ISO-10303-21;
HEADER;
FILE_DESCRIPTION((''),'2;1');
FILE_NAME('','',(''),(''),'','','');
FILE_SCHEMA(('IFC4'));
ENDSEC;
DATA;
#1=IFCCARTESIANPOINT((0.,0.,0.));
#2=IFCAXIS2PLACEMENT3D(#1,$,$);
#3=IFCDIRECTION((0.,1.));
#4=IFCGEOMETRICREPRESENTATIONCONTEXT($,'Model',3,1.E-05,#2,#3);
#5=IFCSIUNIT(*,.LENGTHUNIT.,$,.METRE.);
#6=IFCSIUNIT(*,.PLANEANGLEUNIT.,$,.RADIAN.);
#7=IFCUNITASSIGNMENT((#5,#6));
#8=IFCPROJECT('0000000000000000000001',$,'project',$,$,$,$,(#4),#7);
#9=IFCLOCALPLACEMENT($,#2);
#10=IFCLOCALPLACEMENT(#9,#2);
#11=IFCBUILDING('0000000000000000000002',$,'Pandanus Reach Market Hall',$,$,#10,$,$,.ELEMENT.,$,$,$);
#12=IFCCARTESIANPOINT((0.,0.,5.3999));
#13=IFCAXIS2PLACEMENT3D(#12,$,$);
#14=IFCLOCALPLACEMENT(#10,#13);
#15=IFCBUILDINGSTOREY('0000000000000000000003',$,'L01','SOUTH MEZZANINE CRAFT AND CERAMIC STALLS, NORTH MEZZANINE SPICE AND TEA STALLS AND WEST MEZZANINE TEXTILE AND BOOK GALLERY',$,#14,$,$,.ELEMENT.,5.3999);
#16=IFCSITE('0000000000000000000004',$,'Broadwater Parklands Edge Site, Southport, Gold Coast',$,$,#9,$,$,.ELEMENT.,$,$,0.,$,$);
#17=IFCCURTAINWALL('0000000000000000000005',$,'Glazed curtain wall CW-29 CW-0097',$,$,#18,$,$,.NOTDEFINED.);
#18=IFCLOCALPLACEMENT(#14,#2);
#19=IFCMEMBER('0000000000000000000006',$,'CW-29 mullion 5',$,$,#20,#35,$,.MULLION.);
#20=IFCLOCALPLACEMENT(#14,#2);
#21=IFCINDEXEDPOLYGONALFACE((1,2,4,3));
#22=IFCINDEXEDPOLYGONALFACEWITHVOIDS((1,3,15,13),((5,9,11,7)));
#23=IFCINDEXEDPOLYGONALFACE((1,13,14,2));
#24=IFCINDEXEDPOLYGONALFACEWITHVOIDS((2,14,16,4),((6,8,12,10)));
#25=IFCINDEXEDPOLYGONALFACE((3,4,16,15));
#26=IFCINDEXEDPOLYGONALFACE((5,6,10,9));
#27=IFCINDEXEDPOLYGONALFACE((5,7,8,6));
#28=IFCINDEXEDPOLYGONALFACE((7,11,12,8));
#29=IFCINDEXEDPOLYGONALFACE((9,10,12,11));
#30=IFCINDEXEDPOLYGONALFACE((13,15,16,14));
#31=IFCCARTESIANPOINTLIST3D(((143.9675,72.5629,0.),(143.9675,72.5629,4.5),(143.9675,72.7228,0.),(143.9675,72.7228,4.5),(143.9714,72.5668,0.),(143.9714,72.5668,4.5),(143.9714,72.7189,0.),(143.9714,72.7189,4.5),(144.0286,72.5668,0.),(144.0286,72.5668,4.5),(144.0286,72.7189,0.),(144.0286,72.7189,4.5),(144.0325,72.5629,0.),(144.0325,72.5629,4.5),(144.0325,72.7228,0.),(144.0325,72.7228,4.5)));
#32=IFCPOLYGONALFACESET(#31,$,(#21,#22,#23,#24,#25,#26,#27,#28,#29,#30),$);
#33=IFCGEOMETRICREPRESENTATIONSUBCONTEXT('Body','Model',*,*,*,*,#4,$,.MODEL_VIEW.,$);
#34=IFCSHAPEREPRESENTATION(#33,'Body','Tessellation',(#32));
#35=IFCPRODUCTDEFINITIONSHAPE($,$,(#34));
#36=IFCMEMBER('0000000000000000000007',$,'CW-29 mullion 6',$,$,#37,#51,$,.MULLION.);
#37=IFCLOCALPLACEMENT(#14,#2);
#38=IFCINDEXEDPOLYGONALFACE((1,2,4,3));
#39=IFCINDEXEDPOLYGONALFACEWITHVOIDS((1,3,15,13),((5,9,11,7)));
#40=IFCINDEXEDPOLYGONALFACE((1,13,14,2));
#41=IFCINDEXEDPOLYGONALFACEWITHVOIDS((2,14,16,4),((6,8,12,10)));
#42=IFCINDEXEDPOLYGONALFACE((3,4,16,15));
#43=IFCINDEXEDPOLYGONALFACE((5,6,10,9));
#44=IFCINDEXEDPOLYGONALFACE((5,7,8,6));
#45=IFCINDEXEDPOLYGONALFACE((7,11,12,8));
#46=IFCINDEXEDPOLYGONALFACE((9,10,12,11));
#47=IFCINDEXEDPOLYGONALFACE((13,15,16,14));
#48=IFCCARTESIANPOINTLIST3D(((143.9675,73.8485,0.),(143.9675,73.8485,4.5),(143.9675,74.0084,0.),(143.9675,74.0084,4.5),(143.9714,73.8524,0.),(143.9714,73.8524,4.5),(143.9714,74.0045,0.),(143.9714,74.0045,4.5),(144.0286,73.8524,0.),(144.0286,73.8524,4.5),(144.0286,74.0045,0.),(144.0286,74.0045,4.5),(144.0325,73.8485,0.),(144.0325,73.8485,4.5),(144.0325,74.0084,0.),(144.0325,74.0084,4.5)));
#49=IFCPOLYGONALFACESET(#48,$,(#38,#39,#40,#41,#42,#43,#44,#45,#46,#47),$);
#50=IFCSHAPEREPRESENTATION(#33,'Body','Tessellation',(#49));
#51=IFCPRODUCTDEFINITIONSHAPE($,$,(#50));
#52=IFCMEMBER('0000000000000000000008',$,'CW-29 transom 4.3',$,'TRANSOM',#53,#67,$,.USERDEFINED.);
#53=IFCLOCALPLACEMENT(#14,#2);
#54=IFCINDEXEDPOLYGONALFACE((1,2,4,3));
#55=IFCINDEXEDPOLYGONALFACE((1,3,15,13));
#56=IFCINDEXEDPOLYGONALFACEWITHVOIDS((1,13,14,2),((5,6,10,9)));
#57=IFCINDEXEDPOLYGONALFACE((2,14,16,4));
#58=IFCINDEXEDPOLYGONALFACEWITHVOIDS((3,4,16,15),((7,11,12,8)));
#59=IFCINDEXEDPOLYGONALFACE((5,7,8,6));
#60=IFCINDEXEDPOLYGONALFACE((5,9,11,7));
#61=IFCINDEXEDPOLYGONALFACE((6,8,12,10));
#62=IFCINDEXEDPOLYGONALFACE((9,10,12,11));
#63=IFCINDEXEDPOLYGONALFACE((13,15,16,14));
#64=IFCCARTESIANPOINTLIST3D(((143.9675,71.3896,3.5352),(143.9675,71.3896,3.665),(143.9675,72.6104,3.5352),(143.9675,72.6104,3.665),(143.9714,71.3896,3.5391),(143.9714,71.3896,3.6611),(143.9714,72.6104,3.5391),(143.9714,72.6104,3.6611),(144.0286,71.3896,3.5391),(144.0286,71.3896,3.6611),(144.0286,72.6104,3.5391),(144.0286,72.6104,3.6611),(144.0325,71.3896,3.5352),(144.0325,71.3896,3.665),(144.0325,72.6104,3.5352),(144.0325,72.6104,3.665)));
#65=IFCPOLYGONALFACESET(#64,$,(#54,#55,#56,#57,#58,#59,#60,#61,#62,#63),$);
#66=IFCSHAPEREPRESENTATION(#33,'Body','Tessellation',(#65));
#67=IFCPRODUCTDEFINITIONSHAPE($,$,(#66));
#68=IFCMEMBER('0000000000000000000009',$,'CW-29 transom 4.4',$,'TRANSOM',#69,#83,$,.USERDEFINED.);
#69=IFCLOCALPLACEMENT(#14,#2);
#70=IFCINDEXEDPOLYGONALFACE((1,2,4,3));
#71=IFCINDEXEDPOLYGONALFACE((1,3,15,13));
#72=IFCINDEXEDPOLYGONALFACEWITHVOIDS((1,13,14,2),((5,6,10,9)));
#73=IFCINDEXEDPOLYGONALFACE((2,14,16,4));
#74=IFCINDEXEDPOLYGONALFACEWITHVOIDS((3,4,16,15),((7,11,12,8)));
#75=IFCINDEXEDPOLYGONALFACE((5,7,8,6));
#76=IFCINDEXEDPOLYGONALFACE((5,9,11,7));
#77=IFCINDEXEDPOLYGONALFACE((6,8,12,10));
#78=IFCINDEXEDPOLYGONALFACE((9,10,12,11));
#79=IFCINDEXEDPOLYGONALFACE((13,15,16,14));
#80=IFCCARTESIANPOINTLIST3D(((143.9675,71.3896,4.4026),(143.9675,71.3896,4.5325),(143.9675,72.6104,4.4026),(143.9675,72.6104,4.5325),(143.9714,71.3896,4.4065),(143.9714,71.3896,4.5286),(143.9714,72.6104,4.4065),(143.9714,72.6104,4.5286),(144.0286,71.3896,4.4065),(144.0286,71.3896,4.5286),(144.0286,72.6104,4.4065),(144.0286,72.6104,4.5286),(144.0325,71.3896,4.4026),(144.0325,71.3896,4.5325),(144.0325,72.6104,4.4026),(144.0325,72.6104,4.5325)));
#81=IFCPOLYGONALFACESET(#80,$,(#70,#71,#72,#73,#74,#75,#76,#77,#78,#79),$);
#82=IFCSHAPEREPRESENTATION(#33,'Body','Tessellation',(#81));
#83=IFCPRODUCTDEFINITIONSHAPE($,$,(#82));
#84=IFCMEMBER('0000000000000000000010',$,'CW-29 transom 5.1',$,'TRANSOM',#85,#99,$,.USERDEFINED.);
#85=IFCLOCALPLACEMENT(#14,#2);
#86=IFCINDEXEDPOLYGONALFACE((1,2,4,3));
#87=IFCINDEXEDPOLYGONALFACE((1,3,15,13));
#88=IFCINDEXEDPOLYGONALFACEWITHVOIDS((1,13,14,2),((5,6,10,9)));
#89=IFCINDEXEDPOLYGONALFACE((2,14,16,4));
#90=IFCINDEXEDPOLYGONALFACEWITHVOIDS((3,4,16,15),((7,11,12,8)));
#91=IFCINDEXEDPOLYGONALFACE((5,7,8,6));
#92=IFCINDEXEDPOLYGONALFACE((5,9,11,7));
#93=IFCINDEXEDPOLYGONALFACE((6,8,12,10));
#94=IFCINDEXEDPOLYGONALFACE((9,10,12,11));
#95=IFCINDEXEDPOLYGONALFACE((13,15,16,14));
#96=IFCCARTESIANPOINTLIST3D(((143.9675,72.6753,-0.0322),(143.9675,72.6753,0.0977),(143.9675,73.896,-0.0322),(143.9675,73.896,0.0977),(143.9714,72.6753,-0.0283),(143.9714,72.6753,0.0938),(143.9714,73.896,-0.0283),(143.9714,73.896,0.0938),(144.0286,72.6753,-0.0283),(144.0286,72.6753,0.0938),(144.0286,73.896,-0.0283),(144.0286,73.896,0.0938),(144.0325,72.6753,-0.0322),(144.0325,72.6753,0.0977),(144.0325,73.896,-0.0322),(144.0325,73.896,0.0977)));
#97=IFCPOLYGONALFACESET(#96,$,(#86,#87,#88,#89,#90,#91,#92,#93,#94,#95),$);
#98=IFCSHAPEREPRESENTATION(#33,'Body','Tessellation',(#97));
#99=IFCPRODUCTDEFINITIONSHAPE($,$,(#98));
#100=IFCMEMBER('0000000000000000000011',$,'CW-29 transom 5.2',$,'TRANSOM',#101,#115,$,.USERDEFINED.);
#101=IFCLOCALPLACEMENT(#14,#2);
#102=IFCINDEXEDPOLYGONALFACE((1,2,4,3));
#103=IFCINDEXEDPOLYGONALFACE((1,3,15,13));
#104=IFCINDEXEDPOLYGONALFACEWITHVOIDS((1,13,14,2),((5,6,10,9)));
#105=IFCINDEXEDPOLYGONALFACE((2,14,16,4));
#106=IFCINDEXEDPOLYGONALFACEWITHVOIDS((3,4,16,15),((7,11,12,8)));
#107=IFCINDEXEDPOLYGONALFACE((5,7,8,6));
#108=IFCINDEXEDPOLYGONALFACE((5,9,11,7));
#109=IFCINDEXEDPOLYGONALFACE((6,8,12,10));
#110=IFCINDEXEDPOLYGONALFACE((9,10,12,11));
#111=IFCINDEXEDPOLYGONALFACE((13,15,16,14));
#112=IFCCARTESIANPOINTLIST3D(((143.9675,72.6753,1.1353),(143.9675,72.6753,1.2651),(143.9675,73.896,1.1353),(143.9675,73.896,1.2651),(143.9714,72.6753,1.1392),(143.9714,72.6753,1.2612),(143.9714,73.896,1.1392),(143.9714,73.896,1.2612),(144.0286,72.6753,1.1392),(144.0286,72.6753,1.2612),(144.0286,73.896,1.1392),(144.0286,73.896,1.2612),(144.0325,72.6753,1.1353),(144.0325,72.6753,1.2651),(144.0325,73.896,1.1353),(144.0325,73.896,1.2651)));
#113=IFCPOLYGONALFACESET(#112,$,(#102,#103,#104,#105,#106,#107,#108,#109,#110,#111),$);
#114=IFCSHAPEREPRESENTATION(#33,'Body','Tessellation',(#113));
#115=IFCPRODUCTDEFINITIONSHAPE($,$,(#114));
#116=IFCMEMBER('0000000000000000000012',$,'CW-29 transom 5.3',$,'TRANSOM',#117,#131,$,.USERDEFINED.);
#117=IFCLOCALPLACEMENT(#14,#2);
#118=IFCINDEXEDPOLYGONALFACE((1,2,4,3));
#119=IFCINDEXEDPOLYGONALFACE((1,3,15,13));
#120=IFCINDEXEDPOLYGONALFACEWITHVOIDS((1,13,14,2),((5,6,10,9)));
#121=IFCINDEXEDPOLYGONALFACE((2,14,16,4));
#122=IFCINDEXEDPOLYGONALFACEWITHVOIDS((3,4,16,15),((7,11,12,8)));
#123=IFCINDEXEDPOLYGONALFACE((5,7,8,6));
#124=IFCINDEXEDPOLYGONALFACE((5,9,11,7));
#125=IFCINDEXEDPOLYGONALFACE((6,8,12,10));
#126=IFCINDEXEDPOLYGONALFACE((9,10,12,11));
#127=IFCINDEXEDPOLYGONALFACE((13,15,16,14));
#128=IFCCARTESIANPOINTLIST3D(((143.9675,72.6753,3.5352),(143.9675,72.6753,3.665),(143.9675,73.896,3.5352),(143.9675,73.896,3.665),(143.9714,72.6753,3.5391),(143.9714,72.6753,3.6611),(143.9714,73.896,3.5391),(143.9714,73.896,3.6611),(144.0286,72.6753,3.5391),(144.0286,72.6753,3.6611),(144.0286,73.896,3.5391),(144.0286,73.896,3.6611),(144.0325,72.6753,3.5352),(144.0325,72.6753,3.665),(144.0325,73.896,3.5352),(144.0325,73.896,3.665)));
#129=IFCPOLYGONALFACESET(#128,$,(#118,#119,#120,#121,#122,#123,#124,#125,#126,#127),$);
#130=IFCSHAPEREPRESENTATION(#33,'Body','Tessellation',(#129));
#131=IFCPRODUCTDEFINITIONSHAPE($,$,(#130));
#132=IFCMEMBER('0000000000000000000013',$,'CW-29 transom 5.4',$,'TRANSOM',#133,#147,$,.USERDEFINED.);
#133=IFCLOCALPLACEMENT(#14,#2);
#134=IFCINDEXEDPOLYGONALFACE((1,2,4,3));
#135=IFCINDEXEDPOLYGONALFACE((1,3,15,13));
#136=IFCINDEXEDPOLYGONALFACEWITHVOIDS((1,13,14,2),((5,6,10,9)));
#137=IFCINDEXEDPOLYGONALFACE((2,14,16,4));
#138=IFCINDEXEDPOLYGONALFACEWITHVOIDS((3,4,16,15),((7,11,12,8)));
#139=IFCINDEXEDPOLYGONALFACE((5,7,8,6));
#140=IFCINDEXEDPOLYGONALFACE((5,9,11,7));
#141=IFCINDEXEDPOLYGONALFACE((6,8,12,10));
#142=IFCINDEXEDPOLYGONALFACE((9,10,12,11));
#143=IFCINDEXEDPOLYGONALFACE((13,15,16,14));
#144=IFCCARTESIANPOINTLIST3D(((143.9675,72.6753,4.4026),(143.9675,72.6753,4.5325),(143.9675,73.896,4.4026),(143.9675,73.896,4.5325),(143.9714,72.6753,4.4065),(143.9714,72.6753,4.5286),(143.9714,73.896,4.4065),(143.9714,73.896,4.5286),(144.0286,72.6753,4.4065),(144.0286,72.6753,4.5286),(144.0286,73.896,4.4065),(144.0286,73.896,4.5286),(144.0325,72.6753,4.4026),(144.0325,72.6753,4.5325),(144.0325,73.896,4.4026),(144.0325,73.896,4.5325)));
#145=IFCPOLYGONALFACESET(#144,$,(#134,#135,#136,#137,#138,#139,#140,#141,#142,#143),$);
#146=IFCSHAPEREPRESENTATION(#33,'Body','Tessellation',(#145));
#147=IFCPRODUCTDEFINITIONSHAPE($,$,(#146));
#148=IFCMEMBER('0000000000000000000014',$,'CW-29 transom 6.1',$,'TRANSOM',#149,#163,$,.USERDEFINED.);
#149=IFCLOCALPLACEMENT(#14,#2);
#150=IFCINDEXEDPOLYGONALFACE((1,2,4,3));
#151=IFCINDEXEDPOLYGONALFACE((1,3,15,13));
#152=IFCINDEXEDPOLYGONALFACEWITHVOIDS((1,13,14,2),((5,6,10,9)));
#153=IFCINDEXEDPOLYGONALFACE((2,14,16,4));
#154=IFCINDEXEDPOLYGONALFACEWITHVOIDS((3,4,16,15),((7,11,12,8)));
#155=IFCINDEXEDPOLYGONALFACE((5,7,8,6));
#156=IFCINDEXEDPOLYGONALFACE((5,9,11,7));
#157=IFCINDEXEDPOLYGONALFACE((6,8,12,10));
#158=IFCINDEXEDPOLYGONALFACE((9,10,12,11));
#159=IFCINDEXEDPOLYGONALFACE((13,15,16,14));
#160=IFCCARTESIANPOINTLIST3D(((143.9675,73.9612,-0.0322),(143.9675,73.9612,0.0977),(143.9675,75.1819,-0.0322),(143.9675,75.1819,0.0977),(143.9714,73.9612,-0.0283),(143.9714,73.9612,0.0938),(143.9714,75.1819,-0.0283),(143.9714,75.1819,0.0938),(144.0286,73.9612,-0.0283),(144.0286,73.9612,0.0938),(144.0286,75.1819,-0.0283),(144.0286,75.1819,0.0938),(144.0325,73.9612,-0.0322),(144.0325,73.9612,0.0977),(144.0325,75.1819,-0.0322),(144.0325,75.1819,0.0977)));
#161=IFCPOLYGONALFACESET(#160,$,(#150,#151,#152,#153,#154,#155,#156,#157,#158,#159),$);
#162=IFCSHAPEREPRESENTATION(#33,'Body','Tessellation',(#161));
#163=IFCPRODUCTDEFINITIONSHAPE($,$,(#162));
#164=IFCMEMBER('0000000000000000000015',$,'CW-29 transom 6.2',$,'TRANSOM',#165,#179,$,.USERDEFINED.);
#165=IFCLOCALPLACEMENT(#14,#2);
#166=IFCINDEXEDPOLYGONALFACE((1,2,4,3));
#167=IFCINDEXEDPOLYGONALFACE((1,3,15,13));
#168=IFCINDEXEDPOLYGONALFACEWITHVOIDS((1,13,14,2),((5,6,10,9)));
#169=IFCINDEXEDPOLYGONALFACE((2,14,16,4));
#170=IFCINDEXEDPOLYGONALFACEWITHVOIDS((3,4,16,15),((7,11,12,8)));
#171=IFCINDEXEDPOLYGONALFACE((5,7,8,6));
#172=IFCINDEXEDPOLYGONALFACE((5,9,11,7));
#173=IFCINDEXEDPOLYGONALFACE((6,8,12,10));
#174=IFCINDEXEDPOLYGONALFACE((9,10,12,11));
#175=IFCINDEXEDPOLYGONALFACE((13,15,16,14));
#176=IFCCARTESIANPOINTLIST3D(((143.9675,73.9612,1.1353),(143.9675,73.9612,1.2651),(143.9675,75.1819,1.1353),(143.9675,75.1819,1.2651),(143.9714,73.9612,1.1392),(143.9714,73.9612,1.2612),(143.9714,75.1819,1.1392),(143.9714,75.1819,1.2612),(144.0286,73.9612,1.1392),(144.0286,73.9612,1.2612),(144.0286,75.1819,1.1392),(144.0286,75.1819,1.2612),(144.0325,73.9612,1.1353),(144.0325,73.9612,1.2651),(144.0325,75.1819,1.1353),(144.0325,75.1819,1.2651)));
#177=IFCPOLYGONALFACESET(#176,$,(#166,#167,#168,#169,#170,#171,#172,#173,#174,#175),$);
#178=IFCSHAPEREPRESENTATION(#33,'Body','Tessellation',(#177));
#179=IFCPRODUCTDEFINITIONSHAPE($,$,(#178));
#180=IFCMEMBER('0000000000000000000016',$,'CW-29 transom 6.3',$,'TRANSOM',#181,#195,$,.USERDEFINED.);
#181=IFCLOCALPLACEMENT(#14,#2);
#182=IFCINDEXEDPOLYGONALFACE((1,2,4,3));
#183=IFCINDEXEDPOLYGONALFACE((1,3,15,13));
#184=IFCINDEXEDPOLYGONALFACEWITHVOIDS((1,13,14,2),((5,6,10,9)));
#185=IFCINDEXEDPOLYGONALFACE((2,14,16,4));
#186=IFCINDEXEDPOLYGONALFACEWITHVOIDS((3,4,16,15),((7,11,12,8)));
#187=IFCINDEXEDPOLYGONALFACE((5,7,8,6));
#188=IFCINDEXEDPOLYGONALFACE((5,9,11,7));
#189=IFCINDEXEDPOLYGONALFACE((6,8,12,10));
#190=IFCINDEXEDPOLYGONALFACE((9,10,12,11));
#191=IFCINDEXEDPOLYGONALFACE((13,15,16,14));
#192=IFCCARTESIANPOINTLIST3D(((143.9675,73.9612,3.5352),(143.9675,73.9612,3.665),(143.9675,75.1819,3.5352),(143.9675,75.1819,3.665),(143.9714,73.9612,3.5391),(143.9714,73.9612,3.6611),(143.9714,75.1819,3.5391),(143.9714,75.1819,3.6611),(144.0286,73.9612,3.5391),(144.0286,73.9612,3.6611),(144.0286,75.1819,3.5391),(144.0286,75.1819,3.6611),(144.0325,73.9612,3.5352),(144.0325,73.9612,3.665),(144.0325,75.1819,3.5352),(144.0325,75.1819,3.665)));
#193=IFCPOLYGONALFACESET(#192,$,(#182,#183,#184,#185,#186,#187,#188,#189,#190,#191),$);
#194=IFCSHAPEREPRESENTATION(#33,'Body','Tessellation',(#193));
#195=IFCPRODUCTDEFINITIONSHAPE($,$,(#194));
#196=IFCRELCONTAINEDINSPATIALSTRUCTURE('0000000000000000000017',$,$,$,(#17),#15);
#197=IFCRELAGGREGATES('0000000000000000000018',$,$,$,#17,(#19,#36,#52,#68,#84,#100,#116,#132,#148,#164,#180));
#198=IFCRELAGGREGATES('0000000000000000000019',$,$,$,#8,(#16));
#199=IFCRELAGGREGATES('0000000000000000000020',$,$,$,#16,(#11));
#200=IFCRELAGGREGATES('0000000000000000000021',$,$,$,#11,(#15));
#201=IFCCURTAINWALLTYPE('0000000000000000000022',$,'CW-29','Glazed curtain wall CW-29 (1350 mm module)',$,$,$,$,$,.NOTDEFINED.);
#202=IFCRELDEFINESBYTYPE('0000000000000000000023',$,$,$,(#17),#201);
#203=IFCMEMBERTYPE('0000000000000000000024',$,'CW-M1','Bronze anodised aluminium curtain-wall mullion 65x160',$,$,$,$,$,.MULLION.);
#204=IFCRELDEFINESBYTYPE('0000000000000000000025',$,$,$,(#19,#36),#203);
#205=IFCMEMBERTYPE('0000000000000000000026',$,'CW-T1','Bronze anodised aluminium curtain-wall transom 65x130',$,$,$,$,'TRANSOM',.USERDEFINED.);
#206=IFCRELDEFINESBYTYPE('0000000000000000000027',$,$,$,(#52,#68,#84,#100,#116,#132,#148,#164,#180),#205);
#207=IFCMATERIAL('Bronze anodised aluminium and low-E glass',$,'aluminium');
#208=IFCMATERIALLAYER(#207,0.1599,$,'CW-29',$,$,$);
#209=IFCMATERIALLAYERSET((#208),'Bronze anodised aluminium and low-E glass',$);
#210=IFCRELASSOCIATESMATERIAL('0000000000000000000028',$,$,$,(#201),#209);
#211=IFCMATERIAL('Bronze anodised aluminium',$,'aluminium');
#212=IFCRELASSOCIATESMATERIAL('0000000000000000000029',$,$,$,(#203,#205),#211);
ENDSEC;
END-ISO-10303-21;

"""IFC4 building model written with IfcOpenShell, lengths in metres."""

from ifc_helpers import new_model, si_unit, direction, frame, origin, origin_2d, place, context, subcontext, project, spatial, hollow_rectangle, extrude, material, layer, layer_set, material_profile, profile_set, type_object, element, aggregate, save


model = new_model("IFC4")

# Units and contexts
model_context = context("Model", 3, precision=1e-05, world=origin(), true_north=direction((0.0, 1.0)))
body_context = subcontext(model_context, "Body", "Model", "MODEL_VIEW")
ifc_project = project(units=[si_unit("LENGTHUNIT", "METRE"), si_unit("PLANEANGLEUNIT", "RADIAN")], contexts=[model_context])

# Site, building, storey
site_placement = place(None, origin())
site = spatial("IfcSite", under=ifc_project, at=site_placement, Name="Broadwater Parklands Edge Site, Southport, Gold Coast", CompositionType="ELEMENT", RefElevation=0.0)
building_placement = place(site_placement, origin())
building = spatial("IfcBuilding", under=site, at=building_placement, Name="Pandanus Reach Market Hall", CompositionType="ELEMENT")
storey_placement = place(building_placement, frame((0.0, 0.0, 5.3999)))
storey = spatial("IfcBuildingStorey", under=building, at=storey_placement, Name="L01", Description="SOUTH MEZZANINE CRAFT AND CERAMIC STALLS, NORTH MEZZANINE SPICE AND TEA STALLS AND WEST MEZZANINE TEXTILE AND BOOK GALLERY", CompositionType="ELEMENT", Elevation=5.3999)

# Curtain wall, members
ifc_material_1 = material(Name="Bronze anodised aluminium and low-E glass", Category="aluminium")
ifc_layer_1 = layer(ifc_material_1, 0.1599, Name="CW-29")
ifc_layer_set_1 = layer_set([ifc_layer_1], Name="Bronze anodised aluminium and low-E glass")
curtain_wall_type = type_object("IfcCurtainWallType", Name="CW-29", Description="Glazed curtain wall CW-29 (1350 mm module)", PredefinedType="NOTDEFINED", material=ifc_layer_set_1)
curtain_wall_placement = place(storey_placement, origin())
curtain_wall = element("IfcCurtainWall", 1, at=curtain_wall_placement, inside=storey, type_object=curtain_wall_type, Name="Glazed curtain wall CW-29 CW-0097", PredefinedType="NOTDEFINED")
ifc_material_2 = material(Name="Bronze anodised aluminium", Category="aluminium")
ifc_material_profile_1 = material_profile(ifc_material_2, hollow_rectangle(XDim=0.0649, YDim=0.1599, WallThickness=0.0039, at=origin_2d()), Name="ALU65x160", Category="LoadBearing")
ifc_profile_set_1 = profile_set([ifc_material_profile_1], Name="Bronze anodised aluminium")
member_type_1 = type_object("IfcMemberType", Name="CW-M1", Description="Bronze anodised aluminium curtain-wall mullion 65x160", PredefinedType="MULLION", material=ifc_profile_set_1)
member_1_placement = place(storey_placement, frame((144.0, 72.6428, 0.0), z_axis=(0.0, 0.0, 1.0), x_axis=(-1.0, 0.0, 0.0)))
member_1 = element("IfcMember", 2, at=member_1_placement, type_object=member_type_1, Name="CW-29 mullion 5", PredefinedType="MULLION", context=body_context, shape_type="SweptSolid", body=[
    extrude(hollow_rectangle(XDim=0.0649, YDim=0.1599, WallThickness=0.0039, at=origin_2d()), origin(), (0.0, 0.0, 1.0), 4.5),
])
member_2_placement = place(storey_placement, frame((144.0, 73.9285, 0.0), z_axis=(0.0, 0.0, 1.0), x_axis=(-1.0, 0.0, 0.0)))
member_2 = element("IfcMember", 3, at=member_2_placement, type_object=member_type_1, Name="CW-29 mullion 6", PredefinedType="MULLION", context=body_context, shape_type="SweptSolid", body=[
    extrude(hollow_rectangle(XDim=0.0649, YDim=0.1599, WallThickness=0.0039, at=origin_2d()), origin(), (0.0, 0.0, 1.0), 4.5),
])
ifc_material_profile_2 = material_profile(ifc_material_2, hollow_rectangle(XDim=0.0649, YDim=0.1299, WallThickness=0.0039, at=origin_2d()), Name="ALU65x130", Category="LoadBearing")
ifc_profile_set_2 = profile_set([ifc_material_profile_2], Name="Bronze anodised aluminium")
member_type_2 = type_object("IfcMemberType", Name="CW-T1", Description="Bronze anodised aluminium curtain-wall transom 65x130", ElementType="TRANSOM", PredefinedType="USERDEFINED", material=ifc_profile_set_2)
member_3_placement = place(storey_placement, frame((144.0, 71.3896, 3.6001), z_axis=(0.0, 1.0, 0.0), x_axis=(-1.0, 0.0, 0.0)))
member_3 = element("IfcMember", 4, at=member_3_placement, type_object=member_type_2, Name="CW-29 transom 4.3", ObjectType="TRANSOM", PredefinedType="USERDEFINED", context=body_context, shape_type="SweptSolid", body=[
    extrude(hollow_rectangle(XDim=0.0649, YDim=0.1299, WallThickness=0.0039, at=origin_2d()), origin(), (0.0, 0.0, 1.0), 1.2207),
])
member_4_placement = place(storey_placement, frame((144.0, 71.3896, 4.4675), z_axis=(0.0, 1.0, 0.0), x_axis=(-1.0, 0.0, 0.0)))
member_4 = element("IfcMember", 5, at=member_4_placement, type_object=member_type_2, Name="CW-29 transom 4.4", ObjectType="TRANSOM", PredefinedType="USERDEFINED", context=body_context, shape_type="SweptSolid", body=[
    extrude(hollow_rectangle(XDim=0.0649, YDim=0.1299, WallThickness=0.0039, at=origin_2d()), origin(), (0.0, 0.0, 1.0), 1.2207),
])
member_5_placement = place(storey_placement, frame((144.0, 72.6753, 0.0327), z_axis=(0.0, 1.0, 0.0), x_axis=(-1.0, 0.0, 0.0)))
member_5 = element("IfcMember", 6, at=member_5_placement, type_object=member_type_2, Name="CW-29 transom 5.1", ObjectType="TRANSOM", PredefinedType="USERDEFINED", context=body_context, shape_type="SweptSolid", body=[
    extrude(hollow_rectangle(XDim=0.0649, YDim=0.1299, WallThickness=0.0039, at=origin_2d()), origin(), (0.0, 0.0, 1.0), 1.2207),
])
member_6_placement = place(storey_placement, frame((144.0, 72.6753, 1.2002), z_axis=(0.0, 1.0, 0.0), x_axis=(-1.0, 0.0, 0.0)))
member_6 = element("IfcMember", 7, at=member_6_placement, type_object=member_type_2, Name="CW-29 transom 5.2", ObjectType="TRANSOM", PredefinedType="USERDEFINED", context=body_context, shape_type="SweptSolid", body=[
    extrude(hollow_rectangle(XDim=0.0649, YDim=0.1299, WallThickness=0.0039, at=origin_2d()), origin(), (0.0, 0.0, 1.0), 1.2207),
])
member_7_placement = place(storey_placement, frame((144.0, 72.6753, 3.6001), z_axis=(0.0, 1.0, 0.0), x_axis=(-1.0, 0.0, 0.0)))
member_7 = element("IfcMember", 8, at=member_7_placement, type_object=member_type_2, Name="CW-29 transom 5.3", ObjectType="TRANSOM", PredefinedType="USERDEFINED", context=body_context, shape_type="SweptSolid", body=[
    extrude(hollow_rectangle(XDim=0.0649, YDim=0.1299, WallThickness=0.0039, at=origin_2d()), origin(), (0.0, 0.0, 1.0), 1.2207),
])
member_8_placement = place(storey_placement, frame((144.0, 72.6753, 4.4675), z_axis=(0.0, 1.0, 0.0), x_axis=(-1.0, 0.0, 0.0)))
member_8 = element("IfcMember", 9, at=member_8_placement, type_object=member_type_2, Name="CW-29 transom 5.4", ObjectType="TRANSOM", PredefinedType="USERDEFINED", context=body_context, shape_type="SweptSolid", body=[
    extrude(hollow_rectangle(XDim=0.0649, YDim=0.1299, WallThickness=0.0039, at=origin_2d()), origin(), (0.0, 0.0, 1.0), 1.2207),
])
member_9_placement = place(storey_placement, frame((144.0, 73.9612, 0.0327), z_axis=(0.0, 1.0, 0.0), x_axis=(-1.0, 0.0, 0.0)))
member_9 = element("IfcMember", 10, at=member_9_placement, type_object=member_type_2, Name="CW-29 transom 6.1", ObjectType="TRANSOM", PredefinedType="USERDEFINED", context=body_context, shape_type="SweptSolid", body=[
    extrude(hollow_rectangle(XDim=0.0649, YDim=0.1299, WallThickness=0.0039, at=origin_2d()), origin(), (0.0, 0.0, 1.0), 1.2207),
])
member_10_placement = place(storey_placement, frame((144.0, 73.9612, 1.2002), z_axis=(0.0, 1.0, 0.0), x_axis=(-1.0, 0.0, 0.0)))
member_10 = element("IfcMember", 11, at=member_10_placement, type_object=member_type_2, Name="CW-29 transom 6.2", ObjectType="TRANSOM", PredefinedType="USERDEFINED", context=body_context, shape_type="SweptSolid", body=[
    extrude(hollow_rectangle(XDim=0.0649, YDim=0.1299, WallThickness=0.0039, at=origin_2d()), origin(), (0.0, 0.0, 1.0), 1.2207),
])
member_11_placement = place(storey_placement, frame((144.0, 73.9612, 3.6001), z_axis=(0.0, 1.0, 0.0), x_axis=(-1.0, 0.0, 0.0)))
member_11 = element("IfcMember", 12, at=member_11_placement, type_object=member_type_2, Name="CW-29 transom 6.3", ObjectType="TRANSOM", PredefinedType="USERDEFINED", context=body_context, shape_type="SweptSolid", body=[
    extrude(hollow_rectangle(XDim=0.0649, YDim=0.1299, WallThickness=0.0039, at=origin_2d()), origin(), (0.0, 0.0, 1.0), 1.2207),
])
aggregate(curtain_wall, [member_1, member_2, member_3, member_4, member_5, member_6, member_7, member_8, member_9, member_10, member_11])

save(model, "model.ifc")
